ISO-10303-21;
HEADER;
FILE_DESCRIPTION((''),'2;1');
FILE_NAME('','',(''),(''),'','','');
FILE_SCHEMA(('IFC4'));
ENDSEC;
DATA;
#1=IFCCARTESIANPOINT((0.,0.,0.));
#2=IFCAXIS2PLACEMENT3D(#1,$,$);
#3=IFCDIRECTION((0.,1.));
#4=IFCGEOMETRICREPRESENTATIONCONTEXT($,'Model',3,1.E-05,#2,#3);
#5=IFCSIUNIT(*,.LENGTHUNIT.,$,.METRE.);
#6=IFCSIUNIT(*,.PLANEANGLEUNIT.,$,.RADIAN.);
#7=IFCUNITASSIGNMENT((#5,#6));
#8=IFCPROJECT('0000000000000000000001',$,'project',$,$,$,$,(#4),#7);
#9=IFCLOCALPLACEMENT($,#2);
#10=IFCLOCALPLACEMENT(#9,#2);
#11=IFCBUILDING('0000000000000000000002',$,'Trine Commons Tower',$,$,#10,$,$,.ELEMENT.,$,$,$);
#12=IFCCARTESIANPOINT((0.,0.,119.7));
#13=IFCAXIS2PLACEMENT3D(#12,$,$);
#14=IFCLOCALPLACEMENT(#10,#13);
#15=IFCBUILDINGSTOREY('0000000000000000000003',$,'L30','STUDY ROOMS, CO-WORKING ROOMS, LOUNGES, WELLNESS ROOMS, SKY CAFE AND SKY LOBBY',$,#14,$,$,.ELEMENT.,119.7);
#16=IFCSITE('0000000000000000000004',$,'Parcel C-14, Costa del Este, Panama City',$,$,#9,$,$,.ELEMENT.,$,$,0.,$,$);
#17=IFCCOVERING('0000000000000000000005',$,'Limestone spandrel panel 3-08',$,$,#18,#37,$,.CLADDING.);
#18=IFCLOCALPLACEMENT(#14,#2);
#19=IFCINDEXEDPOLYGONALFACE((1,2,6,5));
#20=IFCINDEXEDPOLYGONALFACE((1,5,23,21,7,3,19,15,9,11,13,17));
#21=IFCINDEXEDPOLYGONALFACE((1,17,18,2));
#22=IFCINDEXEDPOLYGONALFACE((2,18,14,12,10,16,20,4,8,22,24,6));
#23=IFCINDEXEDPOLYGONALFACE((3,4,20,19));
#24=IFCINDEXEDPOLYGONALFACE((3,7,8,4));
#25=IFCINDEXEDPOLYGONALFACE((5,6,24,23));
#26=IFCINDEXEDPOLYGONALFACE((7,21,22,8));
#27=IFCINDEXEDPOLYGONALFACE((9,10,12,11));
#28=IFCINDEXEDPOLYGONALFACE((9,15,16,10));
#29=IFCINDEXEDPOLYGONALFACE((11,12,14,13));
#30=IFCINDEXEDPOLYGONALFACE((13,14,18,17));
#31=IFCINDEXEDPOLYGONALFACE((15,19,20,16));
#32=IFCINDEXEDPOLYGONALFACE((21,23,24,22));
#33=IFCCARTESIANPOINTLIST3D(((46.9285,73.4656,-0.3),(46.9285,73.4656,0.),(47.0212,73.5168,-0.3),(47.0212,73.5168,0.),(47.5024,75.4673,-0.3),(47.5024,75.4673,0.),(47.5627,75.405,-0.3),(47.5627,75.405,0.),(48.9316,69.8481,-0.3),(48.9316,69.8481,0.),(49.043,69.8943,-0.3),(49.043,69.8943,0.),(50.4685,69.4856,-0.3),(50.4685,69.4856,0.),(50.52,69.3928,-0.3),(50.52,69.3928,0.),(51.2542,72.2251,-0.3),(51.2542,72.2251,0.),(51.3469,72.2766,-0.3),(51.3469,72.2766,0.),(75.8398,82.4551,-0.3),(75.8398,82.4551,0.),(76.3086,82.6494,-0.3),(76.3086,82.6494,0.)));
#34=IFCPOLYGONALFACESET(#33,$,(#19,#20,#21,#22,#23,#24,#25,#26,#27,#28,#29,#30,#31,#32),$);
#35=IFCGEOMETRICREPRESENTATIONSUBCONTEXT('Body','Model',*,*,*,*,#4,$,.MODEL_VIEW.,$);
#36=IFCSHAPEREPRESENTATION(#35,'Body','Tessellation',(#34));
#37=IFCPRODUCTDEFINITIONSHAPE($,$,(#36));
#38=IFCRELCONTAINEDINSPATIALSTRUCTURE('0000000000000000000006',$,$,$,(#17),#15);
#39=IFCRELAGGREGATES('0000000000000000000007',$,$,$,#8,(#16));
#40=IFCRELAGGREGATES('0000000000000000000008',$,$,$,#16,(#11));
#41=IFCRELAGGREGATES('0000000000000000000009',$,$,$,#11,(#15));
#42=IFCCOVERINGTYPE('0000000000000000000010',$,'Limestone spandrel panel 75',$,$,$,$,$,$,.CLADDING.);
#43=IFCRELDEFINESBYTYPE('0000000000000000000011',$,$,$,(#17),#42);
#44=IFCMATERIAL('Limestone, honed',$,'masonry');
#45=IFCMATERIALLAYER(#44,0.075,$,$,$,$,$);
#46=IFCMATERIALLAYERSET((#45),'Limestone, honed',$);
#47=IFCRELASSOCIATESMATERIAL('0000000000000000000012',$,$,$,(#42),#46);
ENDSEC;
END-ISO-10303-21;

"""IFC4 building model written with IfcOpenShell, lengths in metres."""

from ifc_helpers import new_model, si_unit, direction, frame, origin, place, context, subcontext, project, spatial, polyline, outline, extrude, material, layer, layer_set, type_object, element, save


model = new_model("IFC4")

# Units and contexts
model_context = context("Model", 3, precision=1e-05, world=origin(), true_north=direction((0.0, 1.0)))
body_context = subcontext(model_context, "Body", "Model", "MODEL_VIEW")
ifc_project = project(units=[si_unit("LENGTHUNIT", "METRE"), si_unit("PLANEANGLEUNIT", "RADIAN")], contexts=[model_context])

# Site, building, storey
site_placement = place(None, origin())
site = spatial("IfcSite", under=ifc_project, at=site_placement, Name="Parcel C-14, Costa del Este, Panama City", CompositionType="ELEMENT", RefElevation=0.0)
building_placement = place(site_placement, origin())
building = spatial("IfcBuilding", under=site, at=building_placement, Name="Trine Commons Tower", CompositionType="ELEMENT")
storey_placement = place(building_placement, frame((0.0, 0.0, 119.7)))
storey = spatial("IfcBuildingStorey", under=building, at=storey_placement, Name="L30", Description="STUDY ROOMS, CO-WORKING ROOMS, LOUNGES, WELLNESS ROOMS, SKY CAFE AND SKY LOBBY", CompositionType="ELEMENT", Elevation=119.7)

# Covering
ifc_material_1 = material(Name="Limestone, honed", Category="masonry")
ifc_layer_1 = layer(ifc_material_1, 0.075)
ifc_layer_set_1 = layer_set([ifc_layer_1], Name="Limestone, honed")
covering_type_1 = type_object("IfcCoveringType", Name="Limestone spandrel panel 75", PredefinedType="CLADDING", material=ifc_layer_set_1)
covering_1_placement = place(storey_placement, frame((0.0, 0.0, -0.3)))
element("IfcCovering", 1, at=covering_1_placement, inside=storey, type_object=covering_type_1, Name="Limestone spandrel panel 3-08", PredefinedType="CLADDING", context=body_context, shape_type="SweptSolid", body=[
    extrude(outline(polyline([(50.4685, 69.4856), (49.043, 69.8943), (48.9316, 69.8481), (50.52, 69.3928), (51.3469, 72.2766), (47.0212, 73.5168), (47.5627, 75.405), (75.8398, 82.4551), (76.3086, 82.6494), (47.5024, 75.4673), (46.9285, 73.4656), (51.2542, 72.2251), (50.4685, 69.4856)])), origin(), (0.0, 0.0, 1.0), 0.3),
])

save(model, "model.ifc")
